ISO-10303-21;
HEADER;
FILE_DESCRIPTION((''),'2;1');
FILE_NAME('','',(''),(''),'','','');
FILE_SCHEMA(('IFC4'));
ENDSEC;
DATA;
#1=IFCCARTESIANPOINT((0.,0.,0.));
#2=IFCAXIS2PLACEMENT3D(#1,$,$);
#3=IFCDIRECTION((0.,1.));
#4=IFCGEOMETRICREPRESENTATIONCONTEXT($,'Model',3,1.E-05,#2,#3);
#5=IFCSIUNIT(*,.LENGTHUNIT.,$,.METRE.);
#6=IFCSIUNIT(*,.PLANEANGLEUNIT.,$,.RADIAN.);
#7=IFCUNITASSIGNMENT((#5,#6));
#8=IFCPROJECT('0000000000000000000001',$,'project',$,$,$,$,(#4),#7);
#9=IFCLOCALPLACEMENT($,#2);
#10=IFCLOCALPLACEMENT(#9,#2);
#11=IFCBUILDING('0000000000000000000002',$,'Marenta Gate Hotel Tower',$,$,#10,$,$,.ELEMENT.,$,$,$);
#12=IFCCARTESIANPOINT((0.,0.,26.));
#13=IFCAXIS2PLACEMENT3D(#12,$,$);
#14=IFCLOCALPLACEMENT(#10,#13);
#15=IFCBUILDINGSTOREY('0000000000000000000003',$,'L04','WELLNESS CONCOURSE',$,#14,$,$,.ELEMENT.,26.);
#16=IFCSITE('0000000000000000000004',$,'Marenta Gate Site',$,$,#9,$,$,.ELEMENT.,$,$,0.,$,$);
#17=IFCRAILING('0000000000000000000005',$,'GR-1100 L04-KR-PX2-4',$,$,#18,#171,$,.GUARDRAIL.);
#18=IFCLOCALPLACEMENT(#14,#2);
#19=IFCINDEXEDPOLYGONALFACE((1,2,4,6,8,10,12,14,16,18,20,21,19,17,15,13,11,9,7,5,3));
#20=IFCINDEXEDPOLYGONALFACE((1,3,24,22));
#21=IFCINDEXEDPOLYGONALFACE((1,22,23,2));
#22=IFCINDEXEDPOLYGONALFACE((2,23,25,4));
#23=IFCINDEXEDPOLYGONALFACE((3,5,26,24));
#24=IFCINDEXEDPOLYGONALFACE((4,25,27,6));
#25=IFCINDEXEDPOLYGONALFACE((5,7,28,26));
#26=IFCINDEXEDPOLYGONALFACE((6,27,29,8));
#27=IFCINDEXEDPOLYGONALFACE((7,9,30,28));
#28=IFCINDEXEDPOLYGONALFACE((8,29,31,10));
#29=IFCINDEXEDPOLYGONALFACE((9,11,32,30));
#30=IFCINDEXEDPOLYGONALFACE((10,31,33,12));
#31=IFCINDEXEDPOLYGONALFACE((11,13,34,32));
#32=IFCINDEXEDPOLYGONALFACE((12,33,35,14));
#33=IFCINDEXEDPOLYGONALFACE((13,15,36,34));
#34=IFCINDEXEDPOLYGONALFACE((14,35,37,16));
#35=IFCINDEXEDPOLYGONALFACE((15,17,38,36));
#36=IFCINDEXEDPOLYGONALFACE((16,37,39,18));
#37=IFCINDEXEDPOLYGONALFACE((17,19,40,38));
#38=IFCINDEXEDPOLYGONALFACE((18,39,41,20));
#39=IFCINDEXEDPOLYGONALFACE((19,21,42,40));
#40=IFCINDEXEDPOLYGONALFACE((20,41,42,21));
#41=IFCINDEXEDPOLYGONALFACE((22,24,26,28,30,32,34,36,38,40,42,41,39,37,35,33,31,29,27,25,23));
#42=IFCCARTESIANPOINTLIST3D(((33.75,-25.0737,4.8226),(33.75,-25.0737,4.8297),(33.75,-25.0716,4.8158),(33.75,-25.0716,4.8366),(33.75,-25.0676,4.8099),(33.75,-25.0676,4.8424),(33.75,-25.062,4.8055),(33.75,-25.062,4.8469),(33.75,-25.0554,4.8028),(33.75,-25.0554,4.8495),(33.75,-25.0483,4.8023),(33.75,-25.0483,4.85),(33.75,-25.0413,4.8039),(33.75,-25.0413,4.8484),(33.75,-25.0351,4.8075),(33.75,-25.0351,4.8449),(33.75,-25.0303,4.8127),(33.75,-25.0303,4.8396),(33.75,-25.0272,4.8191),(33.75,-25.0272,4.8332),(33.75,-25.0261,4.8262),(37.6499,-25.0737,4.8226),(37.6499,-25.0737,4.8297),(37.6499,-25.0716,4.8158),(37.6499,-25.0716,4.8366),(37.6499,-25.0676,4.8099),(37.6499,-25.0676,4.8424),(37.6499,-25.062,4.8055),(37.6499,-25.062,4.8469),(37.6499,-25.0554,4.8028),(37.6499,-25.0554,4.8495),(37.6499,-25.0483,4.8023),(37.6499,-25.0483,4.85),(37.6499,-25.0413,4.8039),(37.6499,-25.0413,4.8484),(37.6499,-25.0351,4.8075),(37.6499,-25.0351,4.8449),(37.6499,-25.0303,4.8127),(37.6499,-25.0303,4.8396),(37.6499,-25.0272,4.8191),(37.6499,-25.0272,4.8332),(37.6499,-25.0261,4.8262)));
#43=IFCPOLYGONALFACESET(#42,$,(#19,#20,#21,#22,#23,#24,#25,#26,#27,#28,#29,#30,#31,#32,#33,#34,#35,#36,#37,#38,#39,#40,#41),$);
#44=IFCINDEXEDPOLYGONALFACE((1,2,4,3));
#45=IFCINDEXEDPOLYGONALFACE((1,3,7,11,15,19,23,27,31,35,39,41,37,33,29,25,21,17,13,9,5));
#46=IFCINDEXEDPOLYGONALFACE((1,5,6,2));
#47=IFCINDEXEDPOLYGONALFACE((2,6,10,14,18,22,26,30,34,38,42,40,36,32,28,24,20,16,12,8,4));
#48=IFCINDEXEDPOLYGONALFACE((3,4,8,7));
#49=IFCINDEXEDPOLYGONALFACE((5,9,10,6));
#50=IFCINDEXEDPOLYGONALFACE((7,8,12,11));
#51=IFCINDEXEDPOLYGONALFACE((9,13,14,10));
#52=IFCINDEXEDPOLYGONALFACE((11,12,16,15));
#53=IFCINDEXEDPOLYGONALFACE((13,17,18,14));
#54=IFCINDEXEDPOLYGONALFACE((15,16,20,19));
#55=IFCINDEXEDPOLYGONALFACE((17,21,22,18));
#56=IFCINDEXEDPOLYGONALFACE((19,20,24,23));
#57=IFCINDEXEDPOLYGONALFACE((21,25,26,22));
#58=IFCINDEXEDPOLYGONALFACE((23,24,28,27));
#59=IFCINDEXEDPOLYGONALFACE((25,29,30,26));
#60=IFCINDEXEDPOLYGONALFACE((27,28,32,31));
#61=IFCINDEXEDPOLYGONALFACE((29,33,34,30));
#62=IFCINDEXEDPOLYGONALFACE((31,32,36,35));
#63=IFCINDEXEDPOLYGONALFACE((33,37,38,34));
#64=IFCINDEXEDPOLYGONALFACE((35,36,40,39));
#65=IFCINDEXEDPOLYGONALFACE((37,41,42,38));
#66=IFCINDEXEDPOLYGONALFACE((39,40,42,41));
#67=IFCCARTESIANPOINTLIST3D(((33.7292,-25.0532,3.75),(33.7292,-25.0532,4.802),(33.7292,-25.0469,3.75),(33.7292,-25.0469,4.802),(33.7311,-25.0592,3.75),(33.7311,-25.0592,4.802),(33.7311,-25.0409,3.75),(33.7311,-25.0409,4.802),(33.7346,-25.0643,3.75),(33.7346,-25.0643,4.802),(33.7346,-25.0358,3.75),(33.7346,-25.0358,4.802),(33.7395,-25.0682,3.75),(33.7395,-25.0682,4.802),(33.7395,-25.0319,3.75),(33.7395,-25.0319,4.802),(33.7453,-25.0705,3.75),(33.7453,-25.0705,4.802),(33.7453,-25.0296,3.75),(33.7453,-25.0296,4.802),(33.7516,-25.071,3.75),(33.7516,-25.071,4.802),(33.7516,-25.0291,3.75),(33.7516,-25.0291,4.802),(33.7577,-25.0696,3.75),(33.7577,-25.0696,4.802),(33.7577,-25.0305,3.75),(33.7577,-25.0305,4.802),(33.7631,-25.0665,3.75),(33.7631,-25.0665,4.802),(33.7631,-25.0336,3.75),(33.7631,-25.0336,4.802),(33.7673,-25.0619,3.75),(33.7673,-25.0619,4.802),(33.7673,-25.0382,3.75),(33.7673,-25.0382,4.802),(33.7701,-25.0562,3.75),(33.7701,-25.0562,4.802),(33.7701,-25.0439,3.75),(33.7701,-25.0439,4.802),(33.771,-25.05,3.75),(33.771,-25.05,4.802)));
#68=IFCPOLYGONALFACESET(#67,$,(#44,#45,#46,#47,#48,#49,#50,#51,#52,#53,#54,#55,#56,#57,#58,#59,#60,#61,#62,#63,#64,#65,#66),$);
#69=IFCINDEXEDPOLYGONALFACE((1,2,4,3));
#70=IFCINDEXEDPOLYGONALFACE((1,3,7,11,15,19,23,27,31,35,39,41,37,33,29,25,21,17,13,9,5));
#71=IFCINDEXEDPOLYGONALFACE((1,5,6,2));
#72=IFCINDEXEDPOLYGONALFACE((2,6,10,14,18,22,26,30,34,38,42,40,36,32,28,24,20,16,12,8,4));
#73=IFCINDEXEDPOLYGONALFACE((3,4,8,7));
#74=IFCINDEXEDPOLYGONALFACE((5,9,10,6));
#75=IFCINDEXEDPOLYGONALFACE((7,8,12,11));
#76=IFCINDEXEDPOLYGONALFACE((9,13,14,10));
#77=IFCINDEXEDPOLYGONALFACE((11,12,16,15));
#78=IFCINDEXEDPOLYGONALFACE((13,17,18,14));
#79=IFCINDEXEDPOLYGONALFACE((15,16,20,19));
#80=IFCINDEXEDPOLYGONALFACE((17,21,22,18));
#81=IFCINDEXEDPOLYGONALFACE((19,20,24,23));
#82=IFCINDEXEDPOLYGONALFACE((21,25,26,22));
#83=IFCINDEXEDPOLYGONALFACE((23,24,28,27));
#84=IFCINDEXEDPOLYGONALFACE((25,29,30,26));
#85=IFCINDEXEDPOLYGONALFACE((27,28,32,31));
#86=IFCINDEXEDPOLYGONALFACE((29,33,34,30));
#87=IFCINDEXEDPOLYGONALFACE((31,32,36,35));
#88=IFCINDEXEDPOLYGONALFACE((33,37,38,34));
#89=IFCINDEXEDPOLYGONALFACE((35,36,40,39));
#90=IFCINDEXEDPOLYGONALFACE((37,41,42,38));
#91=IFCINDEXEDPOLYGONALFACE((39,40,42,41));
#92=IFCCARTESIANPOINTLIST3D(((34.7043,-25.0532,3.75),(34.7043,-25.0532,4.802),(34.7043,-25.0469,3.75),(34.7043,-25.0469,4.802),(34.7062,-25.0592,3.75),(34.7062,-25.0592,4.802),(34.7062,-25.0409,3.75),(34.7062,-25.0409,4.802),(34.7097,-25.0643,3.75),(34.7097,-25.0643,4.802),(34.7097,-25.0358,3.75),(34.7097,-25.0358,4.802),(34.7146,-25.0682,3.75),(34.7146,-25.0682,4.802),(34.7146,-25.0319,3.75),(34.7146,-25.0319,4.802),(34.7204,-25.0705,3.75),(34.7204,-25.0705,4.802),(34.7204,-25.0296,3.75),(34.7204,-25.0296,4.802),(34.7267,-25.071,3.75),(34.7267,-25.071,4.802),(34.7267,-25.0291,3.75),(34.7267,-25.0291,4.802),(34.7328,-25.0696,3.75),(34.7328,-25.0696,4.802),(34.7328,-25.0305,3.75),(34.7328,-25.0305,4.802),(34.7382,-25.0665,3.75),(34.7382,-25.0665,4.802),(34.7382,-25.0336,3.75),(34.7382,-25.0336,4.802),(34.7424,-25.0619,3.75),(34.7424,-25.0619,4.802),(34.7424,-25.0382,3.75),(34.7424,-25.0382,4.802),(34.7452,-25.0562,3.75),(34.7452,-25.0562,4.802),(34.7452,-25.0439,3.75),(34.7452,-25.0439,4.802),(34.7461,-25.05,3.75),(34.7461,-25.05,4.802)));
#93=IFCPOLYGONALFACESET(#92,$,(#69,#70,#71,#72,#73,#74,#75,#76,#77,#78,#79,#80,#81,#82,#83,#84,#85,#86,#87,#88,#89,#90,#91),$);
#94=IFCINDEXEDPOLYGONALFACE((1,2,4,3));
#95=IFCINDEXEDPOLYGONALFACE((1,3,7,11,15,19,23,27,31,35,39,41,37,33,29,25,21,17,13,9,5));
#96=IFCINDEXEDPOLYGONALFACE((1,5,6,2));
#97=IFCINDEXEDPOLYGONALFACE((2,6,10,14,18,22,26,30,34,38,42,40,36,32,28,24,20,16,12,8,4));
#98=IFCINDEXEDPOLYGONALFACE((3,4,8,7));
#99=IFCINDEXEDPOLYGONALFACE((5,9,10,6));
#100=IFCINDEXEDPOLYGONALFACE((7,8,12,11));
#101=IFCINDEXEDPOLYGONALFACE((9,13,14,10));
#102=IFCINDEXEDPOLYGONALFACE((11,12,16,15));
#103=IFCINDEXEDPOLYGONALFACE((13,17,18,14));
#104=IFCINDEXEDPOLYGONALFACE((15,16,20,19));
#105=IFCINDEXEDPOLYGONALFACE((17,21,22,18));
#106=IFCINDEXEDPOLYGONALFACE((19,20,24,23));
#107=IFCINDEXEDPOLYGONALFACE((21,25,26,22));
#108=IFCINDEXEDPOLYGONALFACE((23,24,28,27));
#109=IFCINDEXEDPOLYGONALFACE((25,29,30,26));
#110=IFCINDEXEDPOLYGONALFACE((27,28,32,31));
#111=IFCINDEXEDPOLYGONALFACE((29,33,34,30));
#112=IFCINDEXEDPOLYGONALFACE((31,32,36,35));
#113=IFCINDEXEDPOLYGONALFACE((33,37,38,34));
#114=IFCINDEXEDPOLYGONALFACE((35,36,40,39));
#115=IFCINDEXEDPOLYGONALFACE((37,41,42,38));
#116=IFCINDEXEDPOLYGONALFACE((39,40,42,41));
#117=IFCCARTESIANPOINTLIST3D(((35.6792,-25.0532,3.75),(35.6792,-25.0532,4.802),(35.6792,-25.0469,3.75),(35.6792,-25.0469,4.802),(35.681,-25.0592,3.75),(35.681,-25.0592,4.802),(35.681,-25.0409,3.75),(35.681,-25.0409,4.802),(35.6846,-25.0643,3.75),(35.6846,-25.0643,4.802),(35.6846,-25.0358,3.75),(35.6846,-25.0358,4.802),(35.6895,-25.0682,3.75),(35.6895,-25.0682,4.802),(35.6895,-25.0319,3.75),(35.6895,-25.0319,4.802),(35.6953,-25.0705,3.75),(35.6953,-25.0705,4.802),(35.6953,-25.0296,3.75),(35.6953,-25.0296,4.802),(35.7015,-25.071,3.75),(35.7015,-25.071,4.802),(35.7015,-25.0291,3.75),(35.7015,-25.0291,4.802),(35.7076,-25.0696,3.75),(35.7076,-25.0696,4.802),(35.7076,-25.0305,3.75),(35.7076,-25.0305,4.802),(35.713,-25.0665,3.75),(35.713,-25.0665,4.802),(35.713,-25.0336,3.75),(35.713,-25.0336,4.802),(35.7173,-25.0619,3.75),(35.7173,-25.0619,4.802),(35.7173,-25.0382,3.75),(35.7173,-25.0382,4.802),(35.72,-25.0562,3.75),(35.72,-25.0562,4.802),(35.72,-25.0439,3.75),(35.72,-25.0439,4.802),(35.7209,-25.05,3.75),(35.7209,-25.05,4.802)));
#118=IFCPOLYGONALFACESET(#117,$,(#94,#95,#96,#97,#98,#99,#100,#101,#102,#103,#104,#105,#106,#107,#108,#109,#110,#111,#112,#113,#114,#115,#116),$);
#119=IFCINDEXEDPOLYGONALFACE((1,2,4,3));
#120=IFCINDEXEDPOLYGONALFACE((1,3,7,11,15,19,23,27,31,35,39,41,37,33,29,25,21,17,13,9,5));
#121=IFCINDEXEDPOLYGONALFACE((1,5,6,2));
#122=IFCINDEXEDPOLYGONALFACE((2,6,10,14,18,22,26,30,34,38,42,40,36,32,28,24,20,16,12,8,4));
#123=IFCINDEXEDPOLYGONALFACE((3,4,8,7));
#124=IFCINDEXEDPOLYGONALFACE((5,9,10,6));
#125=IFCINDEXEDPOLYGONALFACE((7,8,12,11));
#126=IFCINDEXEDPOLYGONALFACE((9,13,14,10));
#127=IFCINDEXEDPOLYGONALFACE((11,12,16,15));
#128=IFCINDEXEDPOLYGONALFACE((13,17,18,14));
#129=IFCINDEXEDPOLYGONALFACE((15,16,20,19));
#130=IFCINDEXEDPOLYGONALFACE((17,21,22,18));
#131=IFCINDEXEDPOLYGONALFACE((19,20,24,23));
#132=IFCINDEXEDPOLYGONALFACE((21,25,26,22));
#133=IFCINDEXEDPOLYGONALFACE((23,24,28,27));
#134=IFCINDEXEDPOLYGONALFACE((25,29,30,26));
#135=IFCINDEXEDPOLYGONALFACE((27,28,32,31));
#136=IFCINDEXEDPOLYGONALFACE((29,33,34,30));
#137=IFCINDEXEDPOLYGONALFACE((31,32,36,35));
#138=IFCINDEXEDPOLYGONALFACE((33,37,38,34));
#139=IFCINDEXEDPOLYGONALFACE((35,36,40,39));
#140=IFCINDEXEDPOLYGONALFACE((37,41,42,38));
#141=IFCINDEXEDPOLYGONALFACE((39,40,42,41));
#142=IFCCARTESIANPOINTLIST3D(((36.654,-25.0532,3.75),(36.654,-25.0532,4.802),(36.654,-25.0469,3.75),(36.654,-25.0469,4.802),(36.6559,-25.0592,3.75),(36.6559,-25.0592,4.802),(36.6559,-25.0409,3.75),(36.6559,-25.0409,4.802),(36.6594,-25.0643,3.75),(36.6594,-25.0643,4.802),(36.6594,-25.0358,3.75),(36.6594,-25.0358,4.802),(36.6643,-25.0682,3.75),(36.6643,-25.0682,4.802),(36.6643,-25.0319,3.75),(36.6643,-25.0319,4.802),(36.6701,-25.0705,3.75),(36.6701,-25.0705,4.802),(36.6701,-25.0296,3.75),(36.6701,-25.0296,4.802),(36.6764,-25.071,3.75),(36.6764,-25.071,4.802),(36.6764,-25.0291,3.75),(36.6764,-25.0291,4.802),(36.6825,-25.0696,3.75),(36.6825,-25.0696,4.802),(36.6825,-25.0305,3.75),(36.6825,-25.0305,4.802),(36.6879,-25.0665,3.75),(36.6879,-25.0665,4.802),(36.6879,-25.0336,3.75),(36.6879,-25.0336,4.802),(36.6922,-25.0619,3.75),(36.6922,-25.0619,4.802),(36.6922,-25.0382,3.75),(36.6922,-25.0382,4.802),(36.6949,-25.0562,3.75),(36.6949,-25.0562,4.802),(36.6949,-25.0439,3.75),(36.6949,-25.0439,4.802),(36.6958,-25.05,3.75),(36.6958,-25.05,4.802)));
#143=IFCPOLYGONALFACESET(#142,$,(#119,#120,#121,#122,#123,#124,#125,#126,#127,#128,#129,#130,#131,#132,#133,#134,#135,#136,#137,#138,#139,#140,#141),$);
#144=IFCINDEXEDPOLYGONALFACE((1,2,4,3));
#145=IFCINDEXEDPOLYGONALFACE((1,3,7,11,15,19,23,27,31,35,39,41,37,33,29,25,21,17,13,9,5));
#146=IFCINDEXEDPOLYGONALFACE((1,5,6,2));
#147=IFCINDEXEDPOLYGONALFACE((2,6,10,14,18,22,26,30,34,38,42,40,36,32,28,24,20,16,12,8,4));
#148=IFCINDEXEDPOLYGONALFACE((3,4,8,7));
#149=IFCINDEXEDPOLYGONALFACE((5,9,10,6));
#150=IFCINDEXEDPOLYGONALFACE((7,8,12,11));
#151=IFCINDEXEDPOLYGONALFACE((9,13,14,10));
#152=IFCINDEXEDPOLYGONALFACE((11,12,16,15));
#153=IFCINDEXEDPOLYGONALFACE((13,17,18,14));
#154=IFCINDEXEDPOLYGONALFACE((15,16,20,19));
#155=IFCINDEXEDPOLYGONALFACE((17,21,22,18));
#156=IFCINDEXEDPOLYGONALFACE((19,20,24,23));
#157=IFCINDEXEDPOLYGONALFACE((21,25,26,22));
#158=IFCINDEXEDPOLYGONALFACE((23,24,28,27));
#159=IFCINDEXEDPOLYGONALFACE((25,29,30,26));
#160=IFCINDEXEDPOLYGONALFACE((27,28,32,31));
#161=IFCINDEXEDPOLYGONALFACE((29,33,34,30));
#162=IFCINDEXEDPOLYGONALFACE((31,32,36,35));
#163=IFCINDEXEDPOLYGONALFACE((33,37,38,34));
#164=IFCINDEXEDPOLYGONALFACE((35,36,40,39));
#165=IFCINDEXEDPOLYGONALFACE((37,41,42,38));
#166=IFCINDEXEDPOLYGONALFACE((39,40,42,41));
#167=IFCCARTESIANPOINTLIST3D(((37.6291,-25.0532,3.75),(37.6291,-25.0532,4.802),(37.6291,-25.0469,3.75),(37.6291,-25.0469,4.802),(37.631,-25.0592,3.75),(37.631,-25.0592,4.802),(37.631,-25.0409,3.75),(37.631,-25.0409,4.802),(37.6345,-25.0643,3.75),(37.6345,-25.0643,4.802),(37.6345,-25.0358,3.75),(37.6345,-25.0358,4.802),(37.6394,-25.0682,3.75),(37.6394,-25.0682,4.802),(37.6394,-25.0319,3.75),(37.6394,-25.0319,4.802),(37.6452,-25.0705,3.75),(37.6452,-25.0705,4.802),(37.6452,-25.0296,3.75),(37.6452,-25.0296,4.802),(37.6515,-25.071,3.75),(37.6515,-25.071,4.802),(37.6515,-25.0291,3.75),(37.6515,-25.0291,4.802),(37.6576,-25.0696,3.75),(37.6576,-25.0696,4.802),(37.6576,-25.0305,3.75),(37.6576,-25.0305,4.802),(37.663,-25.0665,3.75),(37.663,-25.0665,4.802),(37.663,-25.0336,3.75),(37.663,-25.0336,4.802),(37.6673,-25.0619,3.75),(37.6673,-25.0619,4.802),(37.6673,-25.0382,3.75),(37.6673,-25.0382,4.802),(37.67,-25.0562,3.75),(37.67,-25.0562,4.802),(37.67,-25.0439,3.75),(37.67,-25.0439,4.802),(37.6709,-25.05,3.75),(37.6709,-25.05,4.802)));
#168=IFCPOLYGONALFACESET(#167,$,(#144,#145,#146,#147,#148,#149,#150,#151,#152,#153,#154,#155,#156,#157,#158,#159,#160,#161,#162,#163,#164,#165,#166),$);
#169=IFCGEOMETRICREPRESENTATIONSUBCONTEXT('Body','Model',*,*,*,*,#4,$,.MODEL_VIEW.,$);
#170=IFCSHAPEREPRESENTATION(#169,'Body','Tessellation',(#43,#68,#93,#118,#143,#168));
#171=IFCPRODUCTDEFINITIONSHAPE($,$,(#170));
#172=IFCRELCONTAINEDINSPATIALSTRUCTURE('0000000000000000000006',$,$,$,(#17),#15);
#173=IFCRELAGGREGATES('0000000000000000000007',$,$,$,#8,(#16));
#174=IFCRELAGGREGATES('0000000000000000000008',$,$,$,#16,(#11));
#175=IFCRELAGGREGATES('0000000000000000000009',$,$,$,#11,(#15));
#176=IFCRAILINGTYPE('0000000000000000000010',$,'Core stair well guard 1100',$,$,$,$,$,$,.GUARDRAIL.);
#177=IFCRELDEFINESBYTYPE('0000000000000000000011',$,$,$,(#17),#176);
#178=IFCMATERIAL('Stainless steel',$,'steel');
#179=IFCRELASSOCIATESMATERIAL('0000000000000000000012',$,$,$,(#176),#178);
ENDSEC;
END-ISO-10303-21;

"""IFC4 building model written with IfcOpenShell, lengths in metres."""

from ifc_helpers import new_model, si_unit, direction, frame, origin, origin_2d, place, context, subcontext, project, spatial, circle, extrude, material, type_object, element, save


model = new_model("IFC4")

# Units and contexts
model_context = context("Model", 3, precision=1e-05, world=origin(), true_north=direction((0.0, 1.0)))
body_context = subcontext(model_context, "Body", "Model", "MODEL_VIEW")
ifc_project = project(units=[si_unit("LENGTHUNIT", "METRE"), si_unit("PLANEANGLEUNIT", "RADIAN")], contexts=[model_context])

# Site, building, storey
site_placement = place(None, origin())
site = spatial("IfcSite", under=ifc_project, at=site_placement, Name="Marenta Gate Site", CompositionType="ELEMENT", RefElevation=0.0)
building_placement = place(site_placement, origin())
building = spatial("IfcBuilding", under=site, at=building_placement, Name="Marenta Gate Hotel Tower", CompositionType="ELEMENT")
storey_placement = place(building_placement, frame((0.0, 0.0, 26.0)))
storey = spatial("IfcBuildingStorey", under=building, at=storey_placement, Name="L04", Description="WELLNESS CONCOURSE", CompositionType="ELEMENT", Elevation=26.0)

# Railing
ifc_material_1 = material(Name="Stainless steel", Category="steel")
railing_type_1 = type_object("IfcRailingType", Name="Core stair well guard 1100", PredefinedType="GUARDRAIL", material=ifc_material_1)
railing_1_placement = place(storey_placement, frame((33.75, -25.05, 3.75)))
element("IfcRailing", 1, at=railing_1_placement, inside=storey, type_object=railing_type_1, Name="GR-1100 L04-KR-PX2-4", PredefinedType="GUARDRAIL", context=body_context, shape_type="SweptSolid", body=[
    extrude(circle(Radius=0.0239, at=origin_2d()), frame((0.0, 0.0, 1.0762), z_axis=(1.0, 0.0, 0.0), x_axis=(0.0, 1.0, 0.0)), (0.0, 0.0, 1.0), 3.8999),
    extrude(circle(Radius=0.021, at=origin_2d()), origin(), (0.0, 0.0, 1.0), 1.052),
    extrude(circle(Radius=0.021, at=origin_2d()), frame((0.9751, 0.0, 0.0)), (0.0, 0.0, 1.0), 1.052),
    extrude(circle(Radius=0.021, at=origin_2d()), frame((1.95, 0.0, 0.0)), (0.0, 0.0, 1.0), 1.052),
    extrude(circle(Radius=0.021, at=origin_2d()), frame((2.9248, 0.0, 0.0)), (0.0, 0.0, 1.0), 1.052),
    extrude(circle(Radius=0.021, at=origin_2d()), frame((3.8999, 0.0, 0.0)), (0.0, 0.0, 1.0), 1.052),
])

save(model, "model.ifc")
